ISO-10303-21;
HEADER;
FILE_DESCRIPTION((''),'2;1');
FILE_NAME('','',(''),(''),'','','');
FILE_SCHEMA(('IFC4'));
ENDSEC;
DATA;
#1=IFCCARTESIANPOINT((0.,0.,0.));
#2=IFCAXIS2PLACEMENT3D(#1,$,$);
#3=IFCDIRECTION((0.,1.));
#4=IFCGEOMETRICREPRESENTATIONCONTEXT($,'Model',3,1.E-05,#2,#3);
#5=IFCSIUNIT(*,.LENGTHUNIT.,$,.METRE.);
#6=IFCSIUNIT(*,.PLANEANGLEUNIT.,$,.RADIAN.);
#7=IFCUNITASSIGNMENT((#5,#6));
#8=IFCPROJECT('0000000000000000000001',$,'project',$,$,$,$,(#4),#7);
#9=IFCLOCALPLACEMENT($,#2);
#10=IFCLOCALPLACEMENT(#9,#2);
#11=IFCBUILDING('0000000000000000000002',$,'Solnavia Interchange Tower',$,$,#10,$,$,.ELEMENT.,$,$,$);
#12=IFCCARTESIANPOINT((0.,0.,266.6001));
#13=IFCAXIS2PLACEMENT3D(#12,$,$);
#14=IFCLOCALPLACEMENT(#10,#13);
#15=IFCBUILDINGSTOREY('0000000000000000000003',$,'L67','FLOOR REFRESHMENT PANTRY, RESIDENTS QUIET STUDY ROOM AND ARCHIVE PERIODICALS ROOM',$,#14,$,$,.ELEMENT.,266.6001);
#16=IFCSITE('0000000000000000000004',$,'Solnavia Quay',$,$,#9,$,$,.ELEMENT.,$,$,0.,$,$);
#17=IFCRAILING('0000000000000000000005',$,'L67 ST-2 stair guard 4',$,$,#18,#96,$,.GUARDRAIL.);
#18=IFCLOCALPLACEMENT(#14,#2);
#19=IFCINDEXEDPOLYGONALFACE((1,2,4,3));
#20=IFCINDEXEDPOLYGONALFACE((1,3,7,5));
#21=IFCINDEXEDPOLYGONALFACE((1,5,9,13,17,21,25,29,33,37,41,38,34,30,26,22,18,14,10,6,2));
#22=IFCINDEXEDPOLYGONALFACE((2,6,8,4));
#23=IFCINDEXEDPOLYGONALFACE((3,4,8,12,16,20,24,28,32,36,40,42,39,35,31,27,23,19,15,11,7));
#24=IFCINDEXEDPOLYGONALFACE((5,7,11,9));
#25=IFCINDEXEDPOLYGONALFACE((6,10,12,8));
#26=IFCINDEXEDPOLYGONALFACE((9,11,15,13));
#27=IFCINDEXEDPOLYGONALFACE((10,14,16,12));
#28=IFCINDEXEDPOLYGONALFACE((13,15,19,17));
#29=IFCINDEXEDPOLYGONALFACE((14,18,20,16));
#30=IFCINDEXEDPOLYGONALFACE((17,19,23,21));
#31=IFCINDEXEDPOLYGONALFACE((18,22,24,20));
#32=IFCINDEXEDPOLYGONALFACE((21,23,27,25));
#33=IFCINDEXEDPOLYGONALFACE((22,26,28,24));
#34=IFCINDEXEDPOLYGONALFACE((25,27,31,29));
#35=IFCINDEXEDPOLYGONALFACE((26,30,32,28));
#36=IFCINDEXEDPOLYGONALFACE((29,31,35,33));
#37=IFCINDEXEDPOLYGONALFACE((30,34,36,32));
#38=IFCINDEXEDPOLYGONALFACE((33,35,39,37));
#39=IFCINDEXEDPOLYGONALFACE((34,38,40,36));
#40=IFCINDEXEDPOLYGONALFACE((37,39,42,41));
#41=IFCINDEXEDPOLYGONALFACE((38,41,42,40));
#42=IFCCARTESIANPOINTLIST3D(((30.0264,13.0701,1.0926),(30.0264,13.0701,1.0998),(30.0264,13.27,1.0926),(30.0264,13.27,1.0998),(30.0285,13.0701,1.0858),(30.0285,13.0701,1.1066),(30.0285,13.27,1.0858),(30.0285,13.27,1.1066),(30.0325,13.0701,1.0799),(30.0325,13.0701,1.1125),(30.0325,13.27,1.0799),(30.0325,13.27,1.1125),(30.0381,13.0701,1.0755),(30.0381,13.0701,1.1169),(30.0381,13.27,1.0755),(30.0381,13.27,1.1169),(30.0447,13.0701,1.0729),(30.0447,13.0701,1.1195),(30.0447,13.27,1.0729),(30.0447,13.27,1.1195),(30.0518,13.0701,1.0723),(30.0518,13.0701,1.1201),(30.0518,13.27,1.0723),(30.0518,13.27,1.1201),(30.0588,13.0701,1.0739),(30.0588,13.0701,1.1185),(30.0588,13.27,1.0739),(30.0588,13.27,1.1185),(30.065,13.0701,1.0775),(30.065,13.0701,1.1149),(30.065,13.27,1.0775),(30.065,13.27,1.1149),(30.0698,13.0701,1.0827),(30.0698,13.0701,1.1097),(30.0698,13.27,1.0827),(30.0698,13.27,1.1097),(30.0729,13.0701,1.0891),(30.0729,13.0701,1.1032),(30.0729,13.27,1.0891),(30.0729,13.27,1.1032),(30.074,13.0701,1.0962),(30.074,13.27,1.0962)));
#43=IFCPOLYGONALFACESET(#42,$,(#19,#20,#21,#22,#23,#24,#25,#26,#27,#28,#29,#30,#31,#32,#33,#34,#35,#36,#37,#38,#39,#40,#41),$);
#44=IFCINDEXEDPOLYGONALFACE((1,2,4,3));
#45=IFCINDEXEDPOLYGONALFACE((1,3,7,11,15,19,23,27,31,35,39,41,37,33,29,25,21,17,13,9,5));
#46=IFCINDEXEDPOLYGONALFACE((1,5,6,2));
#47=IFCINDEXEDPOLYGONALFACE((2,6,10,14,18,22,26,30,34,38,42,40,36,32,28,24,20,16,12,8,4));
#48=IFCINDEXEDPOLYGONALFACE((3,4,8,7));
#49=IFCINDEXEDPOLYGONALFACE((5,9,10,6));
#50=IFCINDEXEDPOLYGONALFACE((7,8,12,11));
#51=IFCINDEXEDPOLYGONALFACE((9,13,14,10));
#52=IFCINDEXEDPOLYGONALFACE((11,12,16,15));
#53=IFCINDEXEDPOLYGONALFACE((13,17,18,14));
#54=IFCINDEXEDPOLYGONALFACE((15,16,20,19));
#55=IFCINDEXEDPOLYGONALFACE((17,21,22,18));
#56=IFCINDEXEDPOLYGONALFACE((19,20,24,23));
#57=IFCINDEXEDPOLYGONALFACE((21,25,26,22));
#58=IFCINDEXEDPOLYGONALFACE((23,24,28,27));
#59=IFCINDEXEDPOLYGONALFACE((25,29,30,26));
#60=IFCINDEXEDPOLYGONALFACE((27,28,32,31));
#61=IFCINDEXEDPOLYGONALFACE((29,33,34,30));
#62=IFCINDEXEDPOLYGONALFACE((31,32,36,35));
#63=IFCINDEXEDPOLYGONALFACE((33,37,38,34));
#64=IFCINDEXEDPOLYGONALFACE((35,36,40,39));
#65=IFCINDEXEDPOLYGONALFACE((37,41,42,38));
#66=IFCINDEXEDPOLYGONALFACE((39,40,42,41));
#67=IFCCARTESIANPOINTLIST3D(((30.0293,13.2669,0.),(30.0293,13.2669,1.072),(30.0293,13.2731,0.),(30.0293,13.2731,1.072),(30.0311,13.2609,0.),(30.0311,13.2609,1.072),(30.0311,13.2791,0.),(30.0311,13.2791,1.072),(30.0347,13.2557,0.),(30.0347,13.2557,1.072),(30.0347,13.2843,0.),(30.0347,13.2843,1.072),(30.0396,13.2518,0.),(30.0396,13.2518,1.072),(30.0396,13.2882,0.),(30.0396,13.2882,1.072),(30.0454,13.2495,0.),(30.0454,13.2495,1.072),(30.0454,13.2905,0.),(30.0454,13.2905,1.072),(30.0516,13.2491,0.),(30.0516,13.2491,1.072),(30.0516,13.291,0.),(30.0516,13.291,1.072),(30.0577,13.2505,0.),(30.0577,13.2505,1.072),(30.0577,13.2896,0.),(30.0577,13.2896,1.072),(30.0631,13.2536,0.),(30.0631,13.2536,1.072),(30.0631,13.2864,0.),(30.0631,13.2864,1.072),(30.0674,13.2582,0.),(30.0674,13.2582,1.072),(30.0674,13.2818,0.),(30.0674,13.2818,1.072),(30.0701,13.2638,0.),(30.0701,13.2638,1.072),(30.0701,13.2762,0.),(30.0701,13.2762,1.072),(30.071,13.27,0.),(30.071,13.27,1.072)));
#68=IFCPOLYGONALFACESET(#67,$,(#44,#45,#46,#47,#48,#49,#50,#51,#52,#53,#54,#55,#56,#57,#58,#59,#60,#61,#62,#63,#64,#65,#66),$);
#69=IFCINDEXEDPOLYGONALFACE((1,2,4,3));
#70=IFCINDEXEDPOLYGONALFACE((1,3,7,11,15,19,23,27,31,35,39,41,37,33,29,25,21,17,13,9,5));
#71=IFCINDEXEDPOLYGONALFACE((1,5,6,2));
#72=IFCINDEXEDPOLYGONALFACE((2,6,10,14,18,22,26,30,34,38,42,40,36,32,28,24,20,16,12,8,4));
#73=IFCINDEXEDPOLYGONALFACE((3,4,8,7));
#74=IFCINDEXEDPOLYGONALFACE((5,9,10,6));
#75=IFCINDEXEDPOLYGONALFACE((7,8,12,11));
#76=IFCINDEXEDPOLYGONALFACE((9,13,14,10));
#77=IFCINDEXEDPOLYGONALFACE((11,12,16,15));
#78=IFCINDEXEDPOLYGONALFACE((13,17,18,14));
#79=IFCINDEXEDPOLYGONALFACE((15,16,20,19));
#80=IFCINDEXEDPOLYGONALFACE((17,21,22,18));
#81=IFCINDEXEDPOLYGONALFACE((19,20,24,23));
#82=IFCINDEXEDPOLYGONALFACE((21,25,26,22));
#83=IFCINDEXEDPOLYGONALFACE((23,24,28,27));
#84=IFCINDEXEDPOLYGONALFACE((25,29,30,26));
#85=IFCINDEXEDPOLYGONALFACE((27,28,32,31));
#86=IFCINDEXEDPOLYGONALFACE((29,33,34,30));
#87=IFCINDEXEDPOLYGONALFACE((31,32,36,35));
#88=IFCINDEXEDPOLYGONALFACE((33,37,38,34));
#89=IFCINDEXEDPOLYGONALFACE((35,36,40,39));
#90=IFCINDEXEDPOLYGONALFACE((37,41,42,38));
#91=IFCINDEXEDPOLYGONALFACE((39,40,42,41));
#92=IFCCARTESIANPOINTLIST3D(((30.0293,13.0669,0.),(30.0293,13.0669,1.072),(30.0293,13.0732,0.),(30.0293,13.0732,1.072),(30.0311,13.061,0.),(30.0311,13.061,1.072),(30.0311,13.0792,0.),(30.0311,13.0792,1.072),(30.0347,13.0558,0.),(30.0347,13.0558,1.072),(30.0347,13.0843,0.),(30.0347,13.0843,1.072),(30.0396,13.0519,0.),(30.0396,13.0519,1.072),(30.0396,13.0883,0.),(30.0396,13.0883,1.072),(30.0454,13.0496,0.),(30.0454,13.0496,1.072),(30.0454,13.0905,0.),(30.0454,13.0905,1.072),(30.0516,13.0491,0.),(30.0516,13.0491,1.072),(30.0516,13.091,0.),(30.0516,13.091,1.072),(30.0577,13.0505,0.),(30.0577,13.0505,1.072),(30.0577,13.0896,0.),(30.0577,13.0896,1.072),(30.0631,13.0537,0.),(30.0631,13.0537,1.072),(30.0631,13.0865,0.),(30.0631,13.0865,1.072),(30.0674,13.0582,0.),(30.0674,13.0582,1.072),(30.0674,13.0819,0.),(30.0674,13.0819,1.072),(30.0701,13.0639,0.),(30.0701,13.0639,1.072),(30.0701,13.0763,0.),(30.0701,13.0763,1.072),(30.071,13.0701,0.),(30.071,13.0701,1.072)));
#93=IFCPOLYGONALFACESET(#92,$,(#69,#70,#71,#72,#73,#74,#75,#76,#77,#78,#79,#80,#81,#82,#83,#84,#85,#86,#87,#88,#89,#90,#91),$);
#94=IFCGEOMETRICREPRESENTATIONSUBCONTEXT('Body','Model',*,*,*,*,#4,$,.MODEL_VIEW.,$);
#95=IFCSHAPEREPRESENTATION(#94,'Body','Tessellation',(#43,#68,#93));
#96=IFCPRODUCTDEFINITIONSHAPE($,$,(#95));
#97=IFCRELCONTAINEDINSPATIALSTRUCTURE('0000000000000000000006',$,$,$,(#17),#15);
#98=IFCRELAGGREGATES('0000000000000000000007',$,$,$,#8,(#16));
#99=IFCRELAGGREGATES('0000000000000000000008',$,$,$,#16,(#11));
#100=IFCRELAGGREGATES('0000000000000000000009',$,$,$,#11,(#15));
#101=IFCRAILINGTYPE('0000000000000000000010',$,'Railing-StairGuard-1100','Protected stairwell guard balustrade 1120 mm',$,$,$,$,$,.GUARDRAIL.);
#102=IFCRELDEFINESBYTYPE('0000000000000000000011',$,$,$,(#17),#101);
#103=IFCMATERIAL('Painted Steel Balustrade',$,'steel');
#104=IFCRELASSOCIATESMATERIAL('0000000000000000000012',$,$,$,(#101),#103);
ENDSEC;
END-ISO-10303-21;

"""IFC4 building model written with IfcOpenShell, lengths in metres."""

from ifc_helpers import new_model, si_unit, direction, frame, origin, origin_2d, place, context, subcontext, project, spatial, circle, extrude, material, type_object, element, save


model = new_model("IFC4")

# Units and contexts
model_context = context("Model", 3, precision=1e-05, world=origin(), true_north=direction((0.0, 1.0)))
body_context = subcontext(model_context, "Body", "Model", "MODEL_VIEW")
ifc_project = project(units=[si_unit("LENGTHUNIT", "METRE"), si_unit("PLANEANGLEUNIT", "RADIAN")], contexts=[model_context])

# Site, building, storey
site_placement = place(None, origin())
site = spatial("IfcSite", under=ifc_project, at=site_placement, Name="Solnavia Quay", CompositionType="ELEMENT", RefElevation=0.0)
building_placement = place(site_placement, origin())
building = spatial("IfcBuilding", under=site, at=building_placement, Name="Solnavia Interchange Tower", CompositionType="ELEMENT")
storey_placement = place(building_placement, frame((0.0, 0.0, 266.6001)))
storey = spatial("IfcBuildingStorey", under=building, at=storey_placement, Name="L67", Description="FLOOR REFRESHMENT PANTRY, RESIDENTS QUIET STUDY ROOM AND ARCHIVE PERIODICALS ROOM", CompositionType="ELEMENT", Elevation=266.6001)

# Railing
ifc_material_1 = material(Name="Painted Steel Balustrade", Category="steel")
railing_type_1 = type_object("IfcRailingType", Name="Railing-StairGuard-1100", Description="Protected stairwell guard balustrade 1120 mm", PredefinedType="GUARDRAIL", material=ifc_material_1)
railing_1_placement = place(storey_placement, frame((30.05, 13.27, 0.0)))
element("IfcRailing", 1, at=railing_1_placement, inside=storey, type_object=railing_type_1, Name="L67 ST-2 stair guard 4", PredefinedType="GUARDRAIL", context=body_context, shape_type="SweptSolid", body=[
    extrude(circle(Radius=0.0239, at=origin_2d()), frame((0.0, 0.0, 1.0962), z_axis=(0.0, -1.0, 0.0), x_axis=(1.0, 0.0, 0.0)), (0.0, 0.0, 1.0), 0.2),
    extrude(circle(Radius=0.021, at=origin_2d()), origin(), (0.0, 0.0, 1.0), 1.072),
    extrude(circle(Radius=0.021, at=origin_2d()), frame((0.0, -0.2, 0.0)), (0.0, 0.0, 1.0), 1.072),
])

save(model, "model.ifc")
